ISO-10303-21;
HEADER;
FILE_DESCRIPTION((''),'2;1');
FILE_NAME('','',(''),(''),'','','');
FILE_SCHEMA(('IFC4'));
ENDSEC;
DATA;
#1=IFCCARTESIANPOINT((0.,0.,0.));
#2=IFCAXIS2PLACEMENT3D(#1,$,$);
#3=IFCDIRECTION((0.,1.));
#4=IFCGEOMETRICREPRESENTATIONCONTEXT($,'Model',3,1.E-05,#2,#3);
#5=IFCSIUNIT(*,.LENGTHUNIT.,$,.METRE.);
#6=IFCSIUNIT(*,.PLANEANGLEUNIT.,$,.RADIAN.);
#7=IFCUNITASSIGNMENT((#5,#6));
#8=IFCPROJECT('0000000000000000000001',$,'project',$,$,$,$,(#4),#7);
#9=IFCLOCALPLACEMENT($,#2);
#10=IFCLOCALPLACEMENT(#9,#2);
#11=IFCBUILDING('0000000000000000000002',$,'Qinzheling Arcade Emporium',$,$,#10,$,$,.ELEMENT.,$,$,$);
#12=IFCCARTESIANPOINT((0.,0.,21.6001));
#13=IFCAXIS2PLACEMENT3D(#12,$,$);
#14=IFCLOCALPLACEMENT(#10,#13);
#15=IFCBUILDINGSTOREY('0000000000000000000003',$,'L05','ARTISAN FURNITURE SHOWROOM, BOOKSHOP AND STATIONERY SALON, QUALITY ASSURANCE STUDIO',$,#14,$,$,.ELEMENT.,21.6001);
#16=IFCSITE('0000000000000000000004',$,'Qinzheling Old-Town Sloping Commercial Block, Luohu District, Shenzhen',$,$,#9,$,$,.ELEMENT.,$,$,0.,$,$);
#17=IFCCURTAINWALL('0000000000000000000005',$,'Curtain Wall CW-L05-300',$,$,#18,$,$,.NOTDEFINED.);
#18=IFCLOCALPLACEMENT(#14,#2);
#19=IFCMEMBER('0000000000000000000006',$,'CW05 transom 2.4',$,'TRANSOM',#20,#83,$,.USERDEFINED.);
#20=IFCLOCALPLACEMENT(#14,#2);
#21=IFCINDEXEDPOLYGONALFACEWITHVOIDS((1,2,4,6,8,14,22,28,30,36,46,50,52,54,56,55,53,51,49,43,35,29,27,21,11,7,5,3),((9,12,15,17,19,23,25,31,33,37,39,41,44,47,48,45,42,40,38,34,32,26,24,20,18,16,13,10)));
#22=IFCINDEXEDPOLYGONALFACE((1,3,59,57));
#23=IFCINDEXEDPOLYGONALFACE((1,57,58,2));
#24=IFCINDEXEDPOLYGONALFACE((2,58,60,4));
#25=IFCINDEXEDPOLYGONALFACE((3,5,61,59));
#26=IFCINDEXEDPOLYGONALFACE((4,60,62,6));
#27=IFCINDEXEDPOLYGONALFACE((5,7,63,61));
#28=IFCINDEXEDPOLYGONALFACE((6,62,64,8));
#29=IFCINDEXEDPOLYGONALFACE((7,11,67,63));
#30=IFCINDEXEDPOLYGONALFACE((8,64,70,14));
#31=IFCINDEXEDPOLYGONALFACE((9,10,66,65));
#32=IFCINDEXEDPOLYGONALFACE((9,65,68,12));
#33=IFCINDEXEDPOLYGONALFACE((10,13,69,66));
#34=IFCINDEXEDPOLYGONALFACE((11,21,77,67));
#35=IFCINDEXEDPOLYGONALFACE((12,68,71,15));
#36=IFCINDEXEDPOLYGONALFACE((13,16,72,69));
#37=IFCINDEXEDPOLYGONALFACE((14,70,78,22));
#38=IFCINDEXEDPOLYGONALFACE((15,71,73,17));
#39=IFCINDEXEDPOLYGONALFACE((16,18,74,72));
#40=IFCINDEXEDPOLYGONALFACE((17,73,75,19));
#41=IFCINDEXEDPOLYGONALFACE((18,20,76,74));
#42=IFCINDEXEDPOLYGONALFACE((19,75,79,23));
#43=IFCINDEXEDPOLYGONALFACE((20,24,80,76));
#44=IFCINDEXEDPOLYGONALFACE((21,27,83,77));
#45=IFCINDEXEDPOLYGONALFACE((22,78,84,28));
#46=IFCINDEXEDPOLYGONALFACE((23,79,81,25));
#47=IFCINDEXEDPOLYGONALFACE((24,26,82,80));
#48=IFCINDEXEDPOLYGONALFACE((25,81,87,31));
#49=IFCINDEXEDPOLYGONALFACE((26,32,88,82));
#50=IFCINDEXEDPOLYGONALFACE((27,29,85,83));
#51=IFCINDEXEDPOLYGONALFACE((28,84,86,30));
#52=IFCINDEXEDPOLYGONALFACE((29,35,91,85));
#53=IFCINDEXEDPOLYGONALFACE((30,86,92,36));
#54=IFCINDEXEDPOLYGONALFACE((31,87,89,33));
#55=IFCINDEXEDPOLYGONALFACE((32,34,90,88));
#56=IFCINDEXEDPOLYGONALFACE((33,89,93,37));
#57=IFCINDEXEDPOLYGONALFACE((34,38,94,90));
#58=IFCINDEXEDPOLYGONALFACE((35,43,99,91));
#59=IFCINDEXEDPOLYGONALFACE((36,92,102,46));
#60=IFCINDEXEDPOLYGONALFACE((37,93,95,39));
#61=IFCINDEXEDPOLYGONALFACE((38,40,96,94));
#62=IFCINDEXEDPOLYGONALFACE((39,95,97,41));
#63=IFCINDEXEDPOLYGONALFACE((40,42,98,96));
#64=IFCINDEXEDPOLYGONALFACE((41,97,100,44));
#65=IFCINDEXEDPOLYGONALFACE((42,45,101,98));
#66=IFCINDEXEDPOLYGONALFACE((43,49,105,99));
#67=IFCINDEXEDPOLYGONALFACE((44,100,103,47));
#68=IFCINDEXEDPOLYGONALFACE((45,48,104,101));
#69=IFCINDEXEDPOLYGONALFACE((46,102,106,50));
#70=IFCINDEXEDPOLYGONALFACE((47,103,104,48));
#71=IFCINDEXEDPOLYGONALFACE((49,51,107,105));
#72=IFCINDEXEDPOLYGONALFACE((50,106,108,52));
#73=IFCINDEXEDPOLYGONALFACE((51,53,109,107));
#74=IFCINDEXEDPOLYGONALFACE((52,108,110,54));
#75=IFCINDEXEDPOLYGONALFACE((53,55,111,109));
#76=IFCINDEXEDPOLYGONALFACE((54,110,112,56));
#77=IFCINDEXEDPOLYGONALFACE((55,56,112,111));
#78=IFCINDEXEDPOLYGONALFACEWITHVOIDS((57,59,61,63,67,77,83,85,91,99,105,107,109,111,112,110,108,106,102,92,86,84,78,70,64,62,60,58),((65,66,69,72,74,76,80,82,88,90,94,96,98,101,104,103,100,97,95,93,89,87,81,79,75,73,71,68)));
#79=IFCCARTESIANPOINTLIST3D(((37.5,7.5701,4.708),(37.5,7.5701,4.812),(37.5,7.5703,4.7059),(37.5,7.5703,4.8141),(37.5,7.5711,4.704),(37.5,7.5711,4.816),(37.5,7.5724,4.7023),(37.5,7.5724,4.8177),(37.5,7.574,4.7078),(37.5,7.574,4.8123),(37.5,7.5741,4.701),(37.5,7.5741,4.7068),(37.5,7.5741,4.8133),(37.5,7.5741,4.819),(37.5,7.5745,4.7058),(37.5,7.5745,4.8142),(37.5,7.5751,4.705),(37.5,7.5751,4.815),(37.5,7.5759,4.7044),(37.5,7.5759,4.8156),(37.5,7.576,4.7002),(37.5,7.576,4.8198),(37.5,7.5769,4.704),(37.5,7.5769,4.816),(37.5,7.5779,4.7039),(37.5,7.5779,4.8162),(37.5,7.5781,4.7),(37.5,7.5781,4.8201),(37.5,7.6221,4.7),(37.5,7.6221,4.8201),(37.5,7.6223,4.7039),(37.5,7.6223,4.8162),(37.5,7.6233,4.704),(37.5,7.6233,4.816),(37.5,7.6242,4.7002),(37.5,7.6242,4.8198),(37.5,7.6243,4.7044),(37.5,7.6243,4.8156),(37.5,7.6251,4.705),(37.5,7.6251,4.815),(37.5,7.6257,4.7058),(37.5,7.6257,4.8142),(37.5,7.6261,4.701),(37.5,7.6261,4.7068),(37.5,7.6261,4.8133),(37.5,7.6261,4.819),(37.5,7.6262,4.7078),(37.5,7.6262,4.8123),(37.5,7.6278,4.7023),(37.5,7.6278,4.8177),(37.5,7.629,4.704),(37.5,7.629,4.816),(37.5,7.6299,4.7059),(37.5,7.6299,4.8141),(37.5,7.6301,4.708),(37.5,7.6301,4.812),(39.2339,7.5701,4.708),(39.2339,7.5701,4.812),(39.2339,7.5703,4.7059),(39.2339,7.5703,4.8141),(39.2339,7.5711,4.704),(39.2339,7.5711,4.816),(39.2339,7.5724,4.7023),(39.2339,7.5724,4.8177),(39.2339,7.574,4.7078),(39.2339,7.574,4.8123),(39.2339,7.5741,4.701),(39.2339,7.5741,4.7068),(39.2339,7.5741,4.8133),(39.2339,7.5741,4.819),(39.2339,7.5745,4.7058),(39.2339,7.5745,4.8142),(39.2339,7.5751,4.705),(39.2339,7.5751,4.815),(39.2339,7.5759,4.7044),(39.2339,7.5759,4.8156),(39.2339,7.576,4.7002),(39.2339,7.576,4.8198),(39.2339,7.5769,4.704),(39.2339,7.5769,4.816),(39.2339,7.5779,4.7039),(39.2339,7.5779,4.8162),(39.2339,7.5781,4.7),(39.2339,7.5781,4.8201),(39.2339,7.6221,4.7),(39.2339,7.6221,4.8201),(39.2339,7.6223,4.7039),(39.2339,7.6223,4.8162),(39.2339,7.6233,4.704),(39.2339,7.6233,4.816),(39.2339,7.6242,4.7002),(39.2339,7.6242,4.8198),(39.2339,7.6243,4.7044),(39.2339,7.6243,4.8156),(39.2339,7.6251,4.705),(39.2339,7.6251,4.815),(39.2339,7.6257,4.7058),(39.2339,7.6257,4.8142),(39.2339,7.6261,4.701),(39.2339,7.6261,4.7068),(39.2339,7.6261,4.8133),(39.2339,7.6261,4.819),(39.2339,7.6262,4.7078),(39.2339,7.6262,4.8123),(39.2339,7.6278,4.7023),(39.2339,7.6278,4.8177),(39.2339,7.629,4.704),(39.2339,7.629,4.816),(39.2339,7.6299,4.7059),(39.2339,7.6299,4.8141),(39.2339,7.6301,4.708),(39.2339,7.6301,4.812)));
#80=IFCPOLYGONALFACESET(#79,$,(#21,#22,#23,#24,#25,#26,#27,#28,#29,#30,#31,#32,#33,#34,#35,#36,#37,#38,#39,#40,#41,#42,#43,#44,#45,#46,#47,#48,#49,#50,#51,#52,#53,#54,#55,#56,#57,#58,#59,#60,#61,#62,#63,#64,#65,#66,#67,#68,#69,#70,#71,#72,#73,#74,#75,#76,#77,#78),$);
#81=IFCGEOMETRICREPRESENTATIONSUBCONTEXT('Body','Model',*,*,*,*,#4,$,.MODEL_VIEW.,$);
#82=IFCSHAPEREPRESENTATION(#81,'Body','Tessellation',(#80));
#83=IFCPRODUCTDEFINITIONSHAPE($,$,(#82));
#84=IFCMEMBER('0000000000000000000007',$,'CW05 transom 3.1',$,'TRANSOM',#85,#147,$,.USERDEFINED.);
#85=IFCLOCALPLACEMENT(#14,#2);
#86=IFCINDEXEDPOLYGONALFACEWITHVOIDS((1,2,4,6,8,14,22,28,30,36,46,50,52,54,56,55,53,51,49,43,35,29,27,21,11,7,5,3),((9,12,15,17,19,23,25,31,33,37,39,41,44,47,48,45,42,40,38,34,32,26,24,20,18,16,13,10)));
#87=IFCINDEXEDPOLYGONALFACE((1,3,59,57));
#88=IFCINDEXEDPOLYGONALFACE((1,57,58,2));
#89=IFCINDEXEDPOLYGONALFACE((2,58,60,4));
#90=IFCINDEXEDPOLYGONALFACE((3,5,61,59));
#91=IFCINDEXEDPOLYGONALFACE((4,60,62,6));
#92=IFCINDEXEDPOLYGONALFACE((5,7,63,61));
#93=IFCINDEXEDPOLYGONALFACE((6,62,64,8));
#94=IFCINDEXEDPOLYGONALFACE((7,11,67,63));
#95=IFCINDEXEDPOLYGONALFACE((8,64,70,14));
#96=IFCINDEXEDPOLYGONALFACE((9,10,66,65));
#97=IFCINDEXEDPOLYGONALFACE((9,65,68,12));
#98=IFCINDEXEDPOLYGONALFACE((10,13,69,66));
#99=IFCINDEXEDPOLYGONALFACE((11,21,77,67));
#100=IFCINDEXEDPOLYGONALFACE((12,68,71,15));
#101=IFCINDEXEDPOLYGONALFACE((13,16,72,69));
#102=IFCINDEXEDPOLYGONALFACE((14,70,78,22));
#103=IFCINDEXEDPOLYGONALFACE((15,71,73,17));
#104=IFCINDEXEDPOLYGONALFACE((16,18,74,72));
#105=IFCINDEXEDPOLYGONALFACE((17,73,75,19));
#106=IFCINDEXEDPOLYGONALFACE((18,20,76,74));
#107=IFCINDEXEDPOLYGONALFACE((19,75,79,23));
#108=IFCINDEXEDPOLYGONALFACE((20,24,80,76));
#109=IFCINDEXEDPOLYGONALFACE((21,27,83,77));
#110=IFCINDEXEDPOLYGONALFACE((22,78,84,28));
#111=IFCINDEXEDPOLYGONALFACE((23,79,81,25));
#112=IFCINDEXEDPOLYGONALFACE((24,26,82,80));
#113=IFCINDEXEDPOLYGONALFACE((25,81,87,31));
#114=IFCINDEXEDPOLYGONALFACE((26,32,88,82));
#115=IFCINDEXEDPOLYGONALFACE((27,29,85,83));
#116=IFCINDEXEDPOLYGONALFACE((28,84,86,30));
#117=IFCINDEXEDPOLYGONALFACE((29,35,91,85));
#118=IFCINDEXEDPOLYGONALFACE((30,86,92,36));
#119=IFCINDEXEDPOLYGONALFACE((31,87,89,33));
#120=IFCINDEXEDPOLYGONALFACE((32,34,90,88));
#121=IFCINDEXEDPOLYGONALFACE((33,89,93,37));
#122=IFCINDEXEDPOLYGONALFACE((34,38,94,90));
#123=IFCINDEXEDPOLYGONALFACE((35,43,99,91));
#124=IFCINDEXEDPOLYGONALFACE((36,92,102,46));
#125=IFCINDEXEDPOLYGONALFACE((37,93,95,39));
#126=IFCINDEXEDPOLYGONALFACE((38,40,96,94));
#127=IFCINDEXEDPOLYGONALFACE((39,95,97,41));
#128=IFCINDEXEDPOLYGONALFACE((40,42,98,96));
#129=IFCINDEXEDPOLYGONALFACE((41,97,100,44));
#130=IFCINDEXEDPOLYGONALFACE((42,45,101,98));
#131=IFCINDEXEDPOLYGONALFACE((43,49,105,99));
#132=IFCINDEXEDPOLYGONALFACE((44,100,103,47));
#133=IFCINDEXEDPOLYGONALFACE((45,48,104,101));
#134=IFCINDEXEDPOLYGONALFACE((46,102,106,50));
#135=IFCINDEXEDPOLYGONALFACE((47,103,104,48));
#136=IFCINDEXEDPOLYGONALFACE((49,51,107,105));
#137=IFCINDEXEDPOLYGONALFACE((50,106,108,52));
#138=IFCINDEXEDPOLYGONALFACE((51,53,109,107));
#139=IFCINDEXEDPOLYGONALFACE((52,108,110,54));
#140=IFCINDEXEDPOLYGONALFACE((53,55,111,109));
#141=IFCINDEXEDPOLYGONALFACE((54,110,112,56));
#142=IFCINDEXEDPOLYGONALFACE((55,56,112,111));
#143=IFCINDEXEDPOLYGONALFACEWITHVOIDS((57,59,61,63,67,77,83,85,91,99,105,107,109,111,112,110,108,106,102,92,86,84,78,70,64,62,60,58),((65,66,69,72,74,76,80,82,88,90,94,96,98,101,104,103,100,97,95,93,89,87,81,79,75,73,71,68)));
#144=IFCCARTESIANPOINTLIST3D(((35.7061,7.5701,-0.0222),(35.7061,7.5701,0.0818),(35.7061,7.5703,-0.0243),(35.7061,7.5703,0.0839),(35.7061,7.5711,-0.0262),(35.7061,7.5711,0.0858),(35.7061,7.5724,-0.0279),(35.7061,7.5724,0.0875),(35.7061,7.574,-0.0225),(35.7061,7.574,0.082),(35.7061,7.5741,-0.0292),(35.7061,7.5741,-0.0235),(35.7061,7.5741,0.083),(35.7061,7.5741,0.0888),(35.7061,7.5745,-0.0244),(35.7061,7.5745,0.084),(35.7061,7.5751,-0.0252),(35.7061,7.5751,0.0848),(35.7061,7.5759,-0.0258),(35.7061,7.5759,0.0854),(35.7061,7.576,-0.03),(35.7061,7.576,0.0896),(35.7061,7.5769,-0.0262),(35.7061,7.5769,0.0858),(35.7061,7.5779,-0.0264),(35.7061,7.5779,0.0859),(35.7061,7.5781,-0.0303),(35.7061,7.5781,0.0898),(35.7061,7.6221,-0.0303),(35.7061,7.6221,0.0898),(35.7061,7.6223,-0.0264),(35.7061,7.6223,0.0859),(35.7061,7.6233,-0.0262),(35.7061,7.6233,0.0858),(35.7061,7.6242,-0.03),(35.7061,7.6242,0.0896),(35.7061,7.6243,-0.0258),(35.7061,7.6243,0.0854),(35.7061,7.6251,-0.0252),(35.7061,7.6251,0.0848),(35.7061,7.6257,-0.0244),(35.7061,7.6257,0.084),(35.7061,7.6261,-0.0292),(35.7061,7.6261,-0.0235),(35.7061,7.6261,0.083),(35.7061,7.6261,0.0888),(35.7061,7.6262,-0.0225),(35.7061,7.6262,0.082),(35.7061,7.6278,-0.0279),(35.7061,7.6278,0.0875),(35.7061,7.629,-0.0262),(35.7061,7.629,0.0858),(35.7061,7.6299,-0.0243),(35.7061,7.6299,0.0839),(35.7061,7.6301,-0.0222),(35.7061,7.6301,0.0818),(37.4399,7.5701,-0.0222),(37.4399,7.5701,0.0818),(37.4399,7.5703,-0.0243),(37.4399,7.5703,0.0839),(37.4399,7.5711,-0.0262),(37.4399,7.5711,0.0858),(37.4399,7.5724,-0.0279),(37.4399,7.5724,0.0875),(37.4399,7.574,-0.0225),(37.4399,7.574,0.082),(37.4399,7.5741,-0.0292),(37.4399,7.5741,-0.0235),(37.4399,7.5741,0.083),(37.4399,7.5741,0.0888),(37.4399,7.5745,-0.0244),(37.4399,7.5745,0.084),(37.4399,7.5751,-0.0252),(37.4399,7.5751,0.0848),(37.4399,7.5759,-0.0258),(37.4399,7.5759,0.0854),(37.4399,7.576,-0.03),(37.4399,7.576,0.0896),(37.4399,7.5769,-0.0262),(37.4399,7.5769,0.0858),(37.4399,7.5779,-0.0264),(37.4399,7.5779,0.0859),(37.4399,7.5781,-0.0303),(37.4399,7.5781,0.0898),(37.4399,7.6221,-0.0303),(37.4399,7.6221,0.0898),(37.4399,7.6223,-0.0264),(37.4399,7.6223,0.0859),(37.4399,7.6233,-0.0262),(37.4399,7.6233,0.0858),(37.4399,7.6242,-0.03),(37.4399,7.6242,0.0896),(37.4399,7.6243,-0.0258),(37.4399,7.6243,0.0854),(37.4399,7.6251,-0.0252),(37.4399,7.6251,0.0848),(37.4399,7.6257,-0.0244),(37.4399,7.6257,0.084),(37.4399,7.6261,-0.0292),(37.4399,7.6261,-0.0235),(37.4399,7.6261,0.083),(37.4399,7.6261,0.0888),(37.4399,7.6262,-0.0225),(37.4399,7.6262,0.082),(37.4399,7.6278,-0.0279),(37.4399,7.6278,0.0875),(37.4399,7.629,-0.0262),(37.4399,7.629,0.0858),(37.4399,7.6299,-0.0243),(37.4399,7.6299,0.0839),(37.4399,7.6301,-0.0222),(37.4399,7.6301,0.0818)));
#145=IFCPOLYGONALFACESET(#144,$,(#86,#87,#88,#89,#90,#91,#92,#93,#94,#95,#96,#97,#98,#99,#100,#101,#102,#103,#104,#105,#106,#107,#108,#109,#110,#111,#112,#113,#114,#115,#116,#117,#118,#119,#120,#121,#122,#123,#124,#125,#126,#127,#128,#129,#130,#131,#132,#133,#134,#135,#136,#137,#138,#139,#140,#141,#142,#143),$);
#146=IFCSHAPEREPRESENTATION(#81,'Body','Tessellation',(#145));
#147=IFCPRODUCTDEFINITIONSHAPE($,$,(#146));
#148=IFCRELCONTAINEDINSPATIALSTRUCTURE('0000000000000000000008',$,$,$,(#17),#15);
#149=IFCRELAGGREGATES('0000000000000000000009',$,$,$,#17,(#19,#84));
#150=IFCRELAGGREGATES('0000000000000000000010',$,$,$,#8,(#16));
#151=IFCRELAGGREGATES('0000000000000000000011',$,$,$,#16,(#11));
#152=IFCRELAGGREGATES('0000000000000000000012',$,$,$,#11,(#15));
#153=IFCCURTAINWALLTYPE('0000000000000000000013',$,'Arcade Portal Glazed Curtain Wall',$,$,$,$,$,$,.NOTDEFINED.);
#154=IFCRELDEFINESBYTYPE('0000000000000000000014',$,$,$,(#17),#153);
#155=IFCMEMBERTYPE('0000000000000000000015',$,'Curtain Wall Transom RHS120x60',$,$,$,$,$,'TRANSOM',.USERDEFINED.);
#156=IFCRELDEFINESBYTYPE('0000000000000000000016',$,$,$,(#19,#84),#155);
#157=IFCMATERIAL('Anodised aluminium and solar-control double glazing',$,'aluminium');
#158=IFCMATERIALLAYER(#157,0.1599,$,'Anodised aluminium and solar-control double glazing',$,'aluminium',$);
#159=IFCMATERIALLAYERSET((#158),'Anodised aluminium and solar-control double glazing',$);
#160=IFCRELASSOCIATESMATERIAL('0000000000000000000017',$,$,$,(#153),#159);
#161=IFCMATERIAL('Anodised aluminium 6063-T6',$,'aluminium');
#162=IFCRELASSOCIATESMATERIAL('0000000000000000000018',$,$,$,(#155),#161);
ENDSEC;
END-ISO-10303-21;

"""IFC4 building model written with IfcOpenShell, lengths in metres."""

from ifc_helpers import new_model, si_unit, direction, frame, origin, origin_2d, place, context, subcontext, project, spatial, hollow_rectangle, extrude, material, layer, layer_set, material_profile, profile_set, type_object, element, aggregate, save


model = new_model("IFC4")

# Units and contexts
model_context = context("Model", 3, precision=1e-05, world=origin(), true_north=direction((0.0, 1.0)))
body_context = subcontext(model_context, "Body", "Model", "MODEL_VIEW")
ifc_project = project(units=[si_unit("LENGTHUNIT", "METRE"), si_unit("PLANEANGLEUNIT", "RADIAN")], contexts=[model_context])

# Site, building, storey
site_placement = place(None, origin())
site = spatial("IfcSite", under=ifc_project, at=site_placement, Name="Qinzheling Old-Town Sloping Commercial Block, Luohu District, Shenzhen", CompositionType="ELEMENT", RefElevation=0.0)
building_placement = place(site_placement, origin())
building = spatial("IfcBuilding", under=site, at=building_placement, Name="Qinzheling Arcade Emporium", CompositionType="ELEMENT")
storey_placement = place(building_placement, frame((0.0, 0.0, 21.6001)))
storey = spatial("IfcBuildingStorey", under=building, at=storey_placement, Name="L05", Description="ARTISAN FURNITURE SHOWROOM, BOOKSHOP AND STATIONERY SALON, QUALITY ASSURANCE STUDIO", CompositionType="ELEMENT", Elevation=21.6001)

# Shared definitions
ifc_material_1 = material(Name="Anodised aluminium and solar-control double glazing", Category="aluminium")
ifc_layer_1 = layer(ifc_material_1, 0.1599, Name="Anodised aluminium and solar-control double glazing", Category="aluminium")
ifc_layer_set_1 = layer_set([ifc_layer_1], Name="Anodised aluminium and solar-control double glazing")
curtain_wall_type = type_object("IfcCurtainWallType", Name="Arcade Portal Glazed Curtain Wall", PredefinedType="NOTDEFINED", material=ifc_layer_set_1)
ifc_material_2 = material(Name="Anodised aluminium 6063-T6", Category="aluminium")

# Curtain wall, members
curtain_wall_1_placement = place(storey_placement, origin())
curtain_wall_1 = element("IfcCurtainWall", 1, at=curtain_wall_1_placement, inside=storey, type_object=curtain_wall_type, Name="Curtain Wall CW-L05-300", PredefinedType="NOTDEFINED")
ifc_material_profile_1 = material_profile(ifc_material_2, hollow_rectangle(XDim=0.0601, YDim=0.1201, WallThickness=0.0039, InnerFilletRadius=0.0039, OuterFilletRadius=0.0081, at=origin_2d()), Name="RHS 120x60x4", Category="aluminium")
ifc_profile_set_1 = profile_set([ifc_material_profile_1], Name="Anodised aluminium 6063-T6")
member_type_1 = type_object("IfcMemberType", Name="Curtain Wall Transom RHS120x60", ElementType="TRANSOM", PredefinedType="USERDEFINED", material=ifc_profile_set_1)
member_1_placement = place(storey_placement, frame((39.2339, 7.6001, 4.76), z_axis=(-1.0, 0.0, 0.0), x_axis=(0.0, -1.0, 0.0)))
member_1 = element("IfcMember", 2, at=member_1_placement, type_object=member_type_1, Name="CW05 transom 2.4", ObjectType="TRANSOM", PredefinedType="USERDEFINED", context=body_context, shape_type="SweptSolid", body=[
    extrude(hollow_rectangle(XDim=0.0601, YDim=0.1201, WallThickness=0.0039, InnerFilletRadius=0.0039, OuterFilletRadius=0.0081, at=origin_2d()), origin(), (0.0, 0.0, 1.0), 1.7339),
])
member_2_placement = place(storey_placement, frame((37.4399, 7.6001, 0.0298), z_axis=(-1.0, 0.0, 0.0), x_axis=(0.0, -1.0, 0.0)))
member_2 = element("IfcMember", 3, at=member_2_placement, type_object=member_type_1, Name="CW05 transom 3.1", ObjectType="TRANSOM", PredefinedType="USERDEFINED", context=body_context, shape_type="SweptSolid", body=[
    extrude(hollow_rectangle(XDim=0.0601, YDim=0.1201, WallThickness=0.0039, InnerFilletRadius=0.0039, OuterFilletRadius=0.0081, at=origin_2d()), origin(), (0.0, 0.0, 1.0), 1.7339),
])
aggregate(curtain_wall_1, [member_1, member_2])

save(model, "model.ifc")
